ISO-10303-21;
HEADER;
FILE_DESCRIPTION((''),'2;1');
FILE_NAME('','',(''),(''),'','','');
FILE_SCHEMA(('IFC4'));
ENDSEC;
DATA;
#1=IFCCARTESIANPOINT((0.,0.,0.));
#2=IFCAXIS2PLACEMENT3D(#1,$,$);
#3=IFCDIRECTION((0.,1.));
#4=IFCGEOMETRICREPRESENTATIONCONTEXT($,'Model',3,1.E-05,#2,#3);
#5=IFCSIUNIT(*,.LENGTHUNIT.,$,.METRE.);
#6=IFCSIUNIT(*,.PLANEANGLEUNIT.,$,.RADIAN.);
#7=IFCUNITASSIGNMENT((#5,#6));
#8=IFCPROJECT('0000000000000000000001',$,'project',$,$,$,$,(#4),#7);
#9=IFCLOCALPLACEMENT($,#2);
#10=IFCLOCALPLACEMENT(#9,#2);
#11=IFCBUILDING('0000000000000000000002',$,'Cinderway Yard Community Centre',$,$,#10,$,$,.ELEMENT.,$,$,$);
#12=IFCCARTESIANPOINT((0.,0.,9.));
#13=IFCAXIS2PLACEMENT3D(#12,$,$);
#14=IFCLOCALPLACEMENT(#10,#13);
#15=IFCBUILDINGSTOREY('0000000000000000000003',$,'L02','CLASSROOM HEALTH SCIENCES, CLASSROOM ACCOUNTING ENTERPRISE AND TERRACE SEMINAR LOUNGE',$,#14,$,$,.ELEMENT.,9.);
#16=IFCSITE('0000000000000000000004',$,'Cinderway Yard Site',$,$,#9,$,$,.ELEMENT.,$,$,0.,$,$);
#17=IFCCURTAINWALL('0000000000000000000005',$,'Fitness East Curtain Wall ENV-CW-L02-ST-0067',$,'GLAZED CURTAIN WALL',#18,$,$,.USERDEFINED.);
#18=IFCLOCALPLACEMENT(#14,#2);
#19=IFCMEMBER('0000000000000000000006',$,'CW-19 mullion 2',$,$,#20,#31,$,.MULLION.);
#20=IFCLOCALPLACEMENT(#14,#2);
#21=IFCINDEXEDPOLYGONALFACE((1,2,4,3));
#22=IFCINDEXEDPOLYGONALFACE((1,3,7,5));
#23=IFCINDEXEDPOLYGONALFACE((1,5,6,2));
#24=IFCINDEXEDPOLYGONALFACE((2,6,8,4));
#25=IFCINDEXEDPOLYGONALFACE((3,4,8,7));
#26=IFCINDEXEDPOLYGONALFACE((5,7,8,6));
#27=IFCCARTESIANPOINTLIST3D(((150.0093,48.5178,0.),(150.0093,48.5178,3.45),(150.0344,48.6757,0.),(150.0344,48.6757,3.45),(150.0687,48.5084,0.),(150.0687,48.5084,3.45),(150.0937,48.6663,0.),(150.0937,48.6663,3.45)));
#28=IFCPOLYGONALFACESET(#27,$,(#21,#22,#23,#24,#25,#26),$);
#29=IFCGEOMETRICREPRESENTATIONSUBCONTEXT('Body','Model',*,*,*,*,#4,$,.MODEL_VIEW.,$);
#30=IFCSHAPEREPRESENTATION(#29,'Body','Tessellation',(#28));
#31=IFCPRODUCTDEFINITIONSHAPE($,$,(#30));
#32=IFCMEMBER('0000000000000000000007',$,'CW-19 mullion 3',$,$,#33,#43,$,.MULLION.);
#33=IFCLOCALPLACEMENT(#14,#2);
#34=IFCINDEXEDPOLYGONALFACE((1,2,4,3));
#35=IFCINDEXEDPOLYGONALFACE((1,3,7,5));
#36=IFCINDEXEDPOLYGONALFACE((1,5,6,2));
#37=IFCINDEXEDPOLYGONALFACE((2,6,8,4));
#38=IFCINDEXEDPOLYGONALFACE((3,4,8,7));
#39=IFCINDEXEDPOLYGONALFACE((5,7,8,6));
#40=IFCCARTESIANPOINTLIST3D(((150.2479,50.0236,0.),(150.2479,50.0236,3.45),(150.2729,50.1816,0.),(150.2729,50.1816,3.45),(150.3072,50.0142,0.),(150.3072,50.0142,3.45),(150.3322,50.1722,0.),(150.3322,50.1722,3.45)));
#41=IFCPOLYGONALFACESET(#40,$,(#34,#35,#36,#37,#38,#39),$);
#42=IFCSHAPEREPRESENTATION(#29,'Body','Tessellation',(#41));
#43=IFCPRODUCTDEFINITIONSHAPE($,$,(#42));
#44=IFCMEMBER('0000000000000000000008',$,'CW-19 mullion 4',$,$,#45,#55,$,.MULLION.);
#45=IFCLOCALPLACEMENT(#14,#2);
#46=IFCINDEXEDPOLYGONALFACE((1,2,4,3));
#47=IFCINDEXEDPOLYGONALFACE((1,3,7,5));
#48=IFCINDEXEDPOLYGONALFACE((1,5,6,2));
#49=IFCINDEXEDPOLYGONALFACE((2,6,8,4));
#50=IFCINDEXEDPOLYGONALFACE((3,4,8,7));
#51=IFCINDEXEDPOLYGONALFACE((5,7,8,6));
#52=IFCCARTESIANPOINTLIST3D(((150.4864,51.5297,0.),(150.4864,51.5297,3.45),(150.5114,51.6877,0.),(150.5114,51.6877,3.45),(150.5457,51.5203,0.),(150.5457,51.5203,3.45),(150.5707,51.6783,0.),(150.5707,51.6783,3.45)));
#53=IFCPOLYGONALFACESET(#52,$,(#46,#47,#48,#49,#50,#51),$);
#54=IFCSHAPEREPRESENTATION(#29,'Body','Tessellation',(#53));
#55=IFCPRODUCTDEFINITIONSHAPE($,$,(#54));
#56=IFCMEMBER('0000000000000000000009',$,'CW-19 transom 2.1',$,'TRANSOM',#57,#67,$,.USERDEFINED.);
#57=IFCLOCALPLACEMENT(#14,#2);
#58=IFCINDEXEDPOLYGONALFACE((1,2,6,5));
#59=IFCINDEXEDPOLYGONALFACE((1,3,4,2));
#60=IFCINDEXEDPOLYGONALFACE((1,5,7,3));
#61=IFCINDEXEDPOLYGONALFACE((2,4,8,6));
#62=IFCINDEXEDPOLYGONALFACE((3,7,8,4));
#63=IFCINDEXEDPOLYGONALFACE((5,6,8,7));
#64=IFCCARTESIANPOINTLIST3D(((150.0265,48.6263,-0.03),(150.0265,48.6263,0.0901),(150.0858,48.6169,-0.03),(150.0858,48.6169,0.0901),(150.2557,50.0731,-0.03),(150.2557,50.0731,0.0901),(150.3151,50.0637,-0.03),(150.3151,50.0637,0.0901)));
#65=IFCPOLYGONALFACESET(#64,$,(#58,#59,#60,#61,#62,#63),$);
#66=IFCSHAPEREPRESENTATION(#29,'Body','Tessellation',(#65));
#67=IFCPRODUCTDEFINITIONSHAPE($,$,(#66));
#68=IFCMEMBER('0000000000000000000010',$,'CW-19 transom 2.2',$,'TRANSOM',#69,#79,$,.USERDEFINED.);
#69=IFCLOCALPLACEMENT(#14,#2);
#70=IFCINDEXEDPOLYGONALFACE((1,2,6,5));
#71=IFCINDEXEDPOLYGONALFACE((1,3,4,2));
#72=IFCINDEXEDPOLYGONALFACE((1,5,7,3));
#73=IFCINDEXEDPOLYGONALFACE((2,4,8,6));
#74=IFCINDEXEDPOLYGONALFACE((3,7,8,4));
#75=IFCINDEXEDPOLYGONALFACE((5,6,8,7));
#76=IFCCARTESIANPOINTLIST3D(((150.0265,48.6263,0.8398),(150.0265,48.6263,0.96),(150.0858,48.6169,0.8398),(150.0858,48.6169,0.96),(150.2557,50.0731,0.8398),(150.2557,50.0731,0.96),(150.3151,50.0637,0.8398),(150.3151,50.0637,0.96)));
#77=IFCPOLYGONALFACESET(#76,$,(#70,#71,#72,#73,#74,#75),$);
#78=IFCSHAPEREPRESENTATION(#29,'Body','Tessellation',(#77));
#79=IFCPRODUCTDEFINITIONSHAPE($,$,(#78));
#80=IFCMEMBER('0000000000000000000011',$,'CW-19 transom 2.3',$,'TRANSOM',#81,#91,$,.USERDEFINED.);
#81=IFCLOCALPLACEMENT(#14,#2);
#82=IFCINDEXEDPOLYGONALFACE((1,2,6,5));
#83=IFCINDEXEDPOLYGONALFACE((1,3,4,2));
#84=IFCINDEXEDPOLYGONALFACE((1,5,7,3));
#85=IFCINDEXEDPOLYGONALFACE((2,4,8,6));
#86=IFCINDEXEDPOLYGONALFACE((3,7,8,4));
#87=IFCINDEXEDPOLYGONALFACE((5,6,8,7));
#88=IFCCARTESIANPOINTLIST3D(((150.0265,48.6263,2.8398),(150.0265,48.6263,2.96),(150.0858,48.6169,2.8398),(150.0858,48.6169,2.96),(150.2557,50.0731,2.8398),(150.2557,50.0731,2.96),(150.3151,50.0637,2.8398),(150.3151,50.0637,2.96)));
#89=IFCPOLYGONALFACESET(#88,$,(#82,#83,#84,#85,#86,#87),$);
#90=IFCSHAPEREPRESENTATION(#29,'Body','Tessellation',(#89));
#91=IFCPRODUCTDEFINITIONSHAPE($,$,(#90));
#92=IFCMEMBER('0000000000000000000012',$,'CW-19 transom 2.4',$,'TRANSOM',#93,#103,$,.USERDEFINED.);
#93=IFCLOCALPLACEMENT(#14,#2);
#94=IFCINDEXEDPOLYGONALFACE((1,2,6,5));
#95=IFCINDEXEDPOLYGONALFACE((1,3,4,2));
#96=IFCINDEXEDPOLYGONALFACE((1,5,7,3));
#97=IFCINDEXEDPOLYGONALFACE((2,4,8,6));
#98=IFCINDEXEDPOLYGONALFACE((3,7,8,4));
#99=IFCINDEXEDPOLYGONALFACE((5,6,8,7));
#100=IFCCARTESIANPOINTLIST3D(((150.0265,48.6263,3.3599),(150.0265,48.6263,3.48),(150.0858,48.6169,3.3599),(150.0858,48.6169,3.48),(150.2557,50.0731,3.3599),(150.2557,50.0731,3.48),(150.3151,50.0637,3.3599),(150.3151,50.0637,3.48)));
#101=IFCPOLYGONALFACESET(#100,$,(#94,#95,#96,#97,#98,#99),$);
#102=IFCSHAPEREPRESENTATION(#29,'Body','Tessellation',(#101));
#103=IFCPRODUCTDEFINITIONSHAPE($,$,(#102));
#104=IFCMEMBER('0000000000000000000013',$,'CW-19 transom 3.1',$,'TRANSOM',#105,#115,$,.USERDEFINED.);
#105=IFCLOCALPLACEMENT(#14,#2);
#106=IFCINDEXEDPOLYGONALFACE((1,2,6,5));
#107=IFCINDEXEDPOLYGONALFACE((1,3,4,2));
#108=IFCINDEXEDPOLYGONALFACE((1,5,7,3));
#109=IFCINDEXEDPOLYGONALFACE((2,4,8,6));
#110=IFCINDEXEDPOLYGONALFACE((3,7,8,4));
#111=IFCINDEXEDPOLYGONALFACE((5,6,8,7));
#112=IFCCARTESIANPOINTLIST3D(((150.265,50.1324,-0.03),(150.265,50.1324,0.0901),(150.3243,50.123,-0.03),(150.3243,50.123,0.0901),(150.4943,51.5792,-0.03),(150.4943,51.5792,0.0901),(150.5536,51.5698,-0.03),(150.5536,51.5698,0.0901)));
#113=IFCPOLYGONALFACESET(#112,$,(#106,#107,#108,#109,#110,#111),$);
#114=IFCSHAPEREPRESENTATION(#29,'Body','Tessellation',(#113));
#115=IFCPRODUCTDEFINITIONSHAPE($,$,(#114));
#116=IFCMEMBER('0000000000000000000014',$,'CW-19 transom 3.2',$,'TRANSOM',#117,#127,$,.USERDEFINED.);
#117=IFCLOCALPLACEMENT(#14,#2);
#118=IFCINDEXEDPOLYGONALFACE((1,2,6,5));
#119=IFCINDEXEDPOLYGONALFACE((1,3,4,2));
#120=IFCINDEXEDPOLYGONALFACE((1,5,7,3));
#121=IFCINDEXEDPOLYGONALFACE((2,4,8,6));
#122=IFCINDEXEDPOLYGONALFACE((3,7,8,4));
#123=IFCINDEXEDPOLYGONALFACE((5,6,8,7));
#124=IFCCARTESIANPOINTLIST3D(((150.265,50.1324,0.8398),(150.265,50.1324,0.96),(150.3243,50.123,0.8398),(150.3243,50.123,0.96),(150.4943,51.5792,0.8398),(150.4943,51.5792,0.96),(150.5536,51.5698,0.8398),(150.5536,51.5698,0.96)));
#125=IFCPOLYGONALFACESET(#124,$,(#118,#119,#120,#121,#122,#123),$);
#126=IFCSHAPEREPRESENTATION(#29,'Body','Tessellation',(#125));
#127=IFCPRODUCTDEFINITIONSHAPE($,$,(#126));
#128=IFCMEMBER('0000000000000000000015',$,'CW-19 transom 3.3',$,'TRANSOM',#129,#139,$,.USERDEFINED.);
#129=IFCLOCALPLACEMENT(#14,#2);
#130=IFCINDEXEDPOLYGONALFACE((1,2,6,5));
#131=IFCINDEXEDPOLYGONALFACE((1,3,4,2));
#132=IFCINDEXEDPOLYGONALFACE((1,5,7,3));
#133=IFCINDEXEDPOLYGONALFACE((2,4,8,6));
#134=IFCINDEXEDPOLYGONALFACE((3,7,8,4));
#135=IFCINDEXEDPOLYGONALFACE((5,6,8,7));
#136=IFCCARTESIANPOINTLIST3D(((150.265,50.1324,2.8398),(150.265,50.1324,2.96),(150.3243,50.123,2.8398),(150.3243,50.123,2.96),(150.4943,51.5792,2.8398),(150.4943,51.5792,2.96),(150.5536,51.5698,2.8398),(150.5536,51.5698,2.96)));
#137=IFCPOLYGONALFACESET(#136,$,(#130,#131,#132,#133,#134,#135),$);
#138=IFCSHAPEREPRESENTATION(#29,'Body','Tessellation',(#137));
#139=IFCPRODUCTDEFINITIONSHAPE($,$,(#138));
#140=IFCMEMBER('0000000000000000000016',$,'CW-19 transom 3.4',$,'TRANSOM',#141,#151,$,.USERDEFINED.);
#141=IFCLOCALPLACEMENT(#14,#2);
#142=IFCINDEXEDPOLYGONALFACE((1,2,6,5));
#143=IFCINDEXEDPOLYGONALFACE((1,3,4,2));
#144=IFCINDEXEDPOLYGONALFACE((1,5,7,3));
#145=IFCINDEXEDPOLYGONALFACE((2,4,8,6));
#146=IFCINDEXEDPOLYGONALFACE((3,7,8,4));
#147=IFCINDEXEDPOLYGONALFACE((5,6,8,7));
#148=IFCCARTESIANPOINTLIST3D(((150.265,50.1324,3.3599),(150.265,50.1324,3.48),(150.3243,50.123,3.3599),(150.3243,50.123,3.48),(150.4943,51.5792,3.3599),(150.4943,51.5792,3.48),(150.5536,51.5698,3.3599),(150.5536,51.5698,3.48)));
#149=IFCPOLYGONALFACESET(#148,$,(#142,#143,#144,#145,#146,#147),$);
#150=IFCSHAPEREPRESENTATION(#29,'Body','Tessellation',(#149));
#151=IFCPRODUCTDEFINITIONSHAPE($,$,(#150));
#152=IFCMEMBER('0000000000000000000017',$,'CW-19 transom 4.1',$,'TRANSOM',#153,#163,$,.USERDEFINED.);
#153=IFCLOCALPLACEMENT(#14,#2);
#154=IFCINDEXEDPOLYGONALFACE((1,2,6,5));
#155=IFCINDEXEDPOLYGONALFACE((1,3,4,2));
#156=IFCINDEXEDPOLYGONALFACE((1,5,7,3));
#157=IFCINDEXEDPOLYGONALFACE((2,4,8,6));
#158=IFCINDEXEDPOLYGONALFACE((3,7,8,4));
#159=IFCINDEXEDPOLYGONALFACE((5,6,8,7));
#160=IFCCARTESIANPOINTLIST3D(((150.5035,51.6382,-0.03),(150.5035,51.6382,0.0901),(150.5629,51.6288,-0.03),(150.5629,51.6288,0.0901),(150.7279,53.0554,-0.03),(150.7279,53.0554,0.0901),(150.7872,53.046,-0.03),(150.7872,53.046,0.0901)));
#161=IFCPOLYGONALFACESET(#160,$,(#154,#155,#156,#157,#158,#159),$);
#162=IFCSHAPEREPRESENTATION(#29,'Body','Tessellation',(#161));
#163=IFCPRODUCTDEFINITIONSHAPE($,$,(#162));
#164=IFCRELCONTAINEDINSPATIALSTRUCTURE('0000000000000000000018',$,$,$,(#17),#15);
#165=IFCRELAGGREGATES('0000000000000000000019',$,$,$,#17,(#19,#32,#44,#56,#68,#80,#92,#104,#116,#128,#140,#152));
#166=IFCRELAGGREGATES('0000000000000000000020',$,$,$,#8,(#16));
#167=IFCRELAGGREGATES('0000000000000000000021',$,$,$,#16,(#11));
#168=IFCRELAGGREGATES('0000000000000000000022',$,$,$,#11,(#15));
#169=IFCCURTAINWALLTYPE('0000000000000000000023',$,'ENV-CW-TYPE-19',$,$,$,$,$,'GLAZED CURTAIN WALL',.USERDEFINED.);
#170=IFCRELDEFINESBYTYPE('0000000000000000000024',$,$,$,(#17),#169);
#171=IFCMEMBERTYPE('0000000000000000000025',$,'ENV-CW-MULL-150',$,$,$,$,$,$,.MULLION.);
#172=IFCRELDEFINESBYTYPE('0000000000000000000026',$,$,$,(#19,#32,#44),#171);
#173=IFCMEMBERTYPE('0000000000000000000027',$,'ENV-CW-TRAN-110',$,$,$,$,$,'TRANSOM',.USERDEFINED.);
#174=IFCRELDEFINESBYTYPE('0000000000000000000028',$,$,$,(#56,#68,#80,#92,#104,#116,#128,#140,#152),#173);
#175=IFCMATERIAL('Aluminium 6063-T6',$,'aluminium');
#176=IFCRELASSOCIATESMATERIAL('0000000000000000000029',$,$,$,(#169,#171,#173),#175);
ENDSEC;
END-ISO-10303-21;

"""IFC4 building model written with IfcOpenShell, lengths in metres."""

from ifc_helpers import new_model, si_unit, direction, frame, origin, origin_2d, place, context, subcontext, project, spatial, rectangle, extrude, material, material_profile, profile_set, type_object, element, aggregate, save


model = new_model("IFC4")

# Units and contexts
model_context = context("Model", 3, precision=1e-05, world=origin(), true_north=direction((0.0, 1.0)))
body_context = subcontext(model_context, "Body", "Model", "MODEL_VIEW")
ifc_project = project(units=[si_unit("LENGTHUNIT", "METRE"), si_unit("PLANEANGLEUNIT", "RADIAN")], contexts=[model_context])

# Site, building, storey
site_placement = place(None, origin())
site = spatial("IfcSite", under=ifc_project, at=site_placement, Name="Cinderway Yard Site", CompositionType="ELEMENT", RefElevation=0.0)
building_placement = place(site_placement, origin())
building = spatial("IfcBuilding", under=site, at=building_placement, Name="Cinderway Yard Community Centre", CompositionType="ELEMENT")
storey_placement = place(building_placement, frame((0.0, 0.0, 9.0)))
storey = spatial("IfcBuildingStorey", under=building, at=storey_placement, Name="L02", Description="CLASSROOM HEALTH SCIENCES, CLASSROOM ACCOUNTING ENTERPRISE AND TERRACE SEMINAR LOUNGE", CompositionType="ELEMENT", Elevation=9.0)

# Curtain wall, members
ifc_material_1 = material(Name="Aluminium 6063-T6", Category="aluminium")
curtain_wall_type = type_object("IfcCurtainWallType", Name="ENV-CW-TYPE-19", ElementType="GLAZED CURTAIN WALL", PredefinedType="USERDEFINED", material=ifc_material_1)
curtain_wall_placement = place(storey_placement, origin())
curtain_wall = element("IfcCurtainWall", 1, at=curtain_wall_placement, inside=storey, type_object=curtain_wall_type, Name="Fitness East Curtain Wall ENV-CW-L02-ST-0067", ObjectType="GLAZED CURTAIN WALL", PredefinedType="USERDEFINED")
ifc_material_profile_1 = material_profile(ifc_material_1, rectangle(XDim=0.0601, YDim=0.1599, at=origin_2d()), Name="Aluminium 6063-T6")
ifc_profile_set_1 = profile_set([ifc_material_profile_1], Name="Aluminium 6063-T6")
member_type_1 = type_object("IfcMemberType", Name="ENV-CW-MULL-150", PredefinedType="MULLION", material=ifc_profile_set_1)
member_1_placement = place(storey_placement, frame((150.0515, 48.592, 0.0), z_axis=(0.0, 0.0, 1.0), x_axis=(-0.987691, 0.156417, 0.0)))
member_1 = element("IfcMember", 2, at=member_1_placement, type_object=member_type_1, Name="CW-19 mullion 2", PredefinedType="MULLION", context=body_context, shape_type="SweptSolid", body=[
    extrude(rectangle(XDim=0.0601, YDim=0.1599, at=origin_2d()), origin(), (0.0, 0.0, 1.0), 3.45),
])
member_2_placement = place(storey_placement, frame((150.29, 50.0979, 0.0), z_axis=(0.0, 0.0, 1.0), x_axis=(-0.987691, 0.156417, 0.0)))
member_2 = element("IfcMember", 3, at=member_2_placement, type_object=member_type_1, Name="CW-19 mullion 3", PredefinedType="MULLION", context=body_context, shape_type="SweptSolid", body=[
    extrude(rectangle(XDim=0.0601, YDim=0.1599, at=origin_2d()), origin(), (0.0, 0.0, 1.0), 3.45),
])
member_3_placement = place(storey_placement, frame((150.5286, 51.604, 0.0), z_axis=(0.0, 0.0, 1.0), x_axis=(-0.987691, 0.156417, 0.0)))
member_3 = element("IfcMember", 4, at=member_3_placement, type_object=member_type_1, Name="CW-19 mullion 4", PredefinedType="MULLION", context=body_context, shape_type="SweptSolid", body=[
    extrude(rectangle(XDim=0.0601, YDim=0.1599, at=origin_2d()), origin(), (0.0, 0.0, 1.0), 3.45),
])
ifc_material_profile_2 = material_profile(ifc_material_1, rectangle(XDim=0.0601, YDim=0.1201, at=origin_2d()), Name="Aluminium 6063-T6")
ifc_profile_set_2 = profile_set([ifc_material_profile_2], Name="Aluminium 6063-T6")
member_type_2 = type_object("IfcMemberType", Name="ENV-CW-TRAN-110", ElementType="TRANSOM", PredefinedType="USERDEFINED", material=ifc_profile_set_2)
member_4_placement = place(storey_placement, frame((150.0562, 48.6216, 0.03), z_axis=(0.156502, 0.987678, 0.0), x_axis=(-0.987678, 0.156502, 0.0)))
member_4 = element("IfcMember", 5, at=member_4_placement, type_object=member_type_2, Name="CW-19 transom 2.1", ObjectType="TRANSOM", PredefinedType="USERDEFINED", context=body_context, shape_type="SweptSolid", body=[
    extrude(rectangle(XDim=0.0601, YDim=0.1201, at=origin_2d()), origin(), (0.0, 0.0, 1.0), 1.4648),
])
member_5_placement = place(storey_placement, frame((150.0562, 48.6216, 0.8999), z_axis=(0.156502, 0.987678, 0.0), x_axis=(-0.987678, 0.156502, 0.0)))
member_5 = element("IfcMember", 6, at=member_5_placement, type_object=member_type_2, Name="CW-19 transom 2.2", ObjectType="TRANSOM", PredefinedType="USERDEFINED", context=body_context, shape_type="SweptSolid", body=[
    extrude(rectangle(XDim=0.0601, YDim=0.1201, at=origin_2d()), origin(), (0.0, 0.0, 1.0), 1.4648),
])
member_6_placement = place(storey_placement, frame((150.0562, 48.6216, 2.8999), z_axis=(0.156502, 0.987678, 0.0), x_axis=(-0.987678, 0.156502, 0.0)))
member_6 = element("IfcMember", 7, at=member_6_placement, type_object=member_type_2, Name="CW-19 transom 2.3", ObjectType="TRANSOM", PredefinedType="USERDEFINED", context=body_context, shape_type="SweptSolid", body=[
    extrude(rectangle(XDim=0.0601, YDim=0.1201, at=origin_2d()), origin(), (0.0, 0.0, 1.0), 1.4648),
])
member_7_placement = place(storey_placement, frame((150.0562, 48.6216, 3.4199), z_axis=(0.156502, 0.987678, 0.0), x_axis=(-0.987678, 0.156502, 0.0)))
member_7 = element("IfcMember", 8, at=member_7_placement, type_object=member_type_2, Name="CW-19 transom 2.4", ObjectType="TRANSOM", PredefinedType="USERDEFINED", context=body_context, shape_type="SweptSolid", body=[
    extrude(rectangle(XDim=0.0601, YDim=0.1201, at=origin_2d()), origin(), (0.0, 0.0, 1.0), 1.4648),
])
member_8_placement = place(storey_placement, frame((150.2947, 50.1277, 0.03), z_axis=(0.156502, 0.987678, 0.0), x_axis=(-0.987678, 0.156502, 0.0)))
member_8 = element("IfcMember", 9, at=member_8_placement, type_object=member_type_2, Name="CW-19 transom 3.1", ObjectType="TRANSOM", PredefinedType="USERDEFINED", context=body_context, shape_type="SweptSolid", body=[
    extrude(rectangle(XDim=0.0601, YDim=0.1201, at=origin_2d()), origin(), (0.0, 0.0, 1.0), 1.4648),
])
member_9_placement = place(storey_placement, frame((150.2947, 50.1277, 0.8999), z_axis=(0.156502, 0.987678, 0.0), x_axis=(-0.987678, 0.156502, 0.0)))
member_9 = element("IfcMember", 10, at=member_9_placement, type_object=member_type_2, Name="CW-19 transom 3.2", ObjectType="TRANSOM", PredefinedType="USERDEFINED", context=body_context, shape_type="SweptSolid", body=[
    extrude(rectangle(XDim=0.0601, YDim=0.1201, at=origin_2d()), origin(), (0.0, 0.0, 1.0), 1.4648),
])
member_10_placement = place(storey_placement, frame((150.2947, 50.1277, 2.8999), z_axis=(0.156502, 0.987678, 0.0), x_axis=(-0.987678, 0.156502, 0.0)))
member_10 = element("IfcMember", 11, at=member_10_placement, type_object=member_type_2, Name="CW-19 transom 3.3", ObjectType="TRANSOM", PredefinedType="USERDEFINED", context=body_context, shape_type="SweptSolid", body=[
    extrude(rectangle(XDim=0.0601, YDim=0.1201, at=origin_2d()), origin(), (0.0, 0.0, 1.0), 1.4648),
])
member_11_placement = place(storey_placement, frame((150.2947, 50.1277, 3.4199), z_axis=(0.156502, 0.987678, 0.0), x_axis=(-0.987678, 0.156502, 0.0)))
member_11 = element("IfcMember", 12, at=member_11_placement, type_object=member_type_2, Name="CW-19 transom 3.4", ObjectType="TRANSOM", PredefinedType="USERDEFINED", context=body_context, shape_type="SweptSolid", body=[
    extrude(rectangle(XDim=0.0601, YDim=0.1201, at=origin_2d()), origin(), (0.0, 0.0, 1.0), 1.4648),
])
member_12_placement = place(storey_placement, frame((150.5332, 51.6335, 0.03), z_axis=(0.156364, 0.987699, 0.0), x_axis=(-0.987699, 0.156364, 0.0)))
member_12 = element("IfcMember", 13, at=member_12_placement, type_object=member_type_2, Name="CW-19 transom 4.1", ObjectType="TRANSOM", PredefinedType="USERDEFINED", context=body_context, shape_type="SweptSolid", body=[
    extrude(rectangle(XDim=0.0601, YDim=0.1201, at=origin_2d()), origin(), (0.0, 0.0, 1.0), 1.4348),
])

aggregate(curtain_wall, [member_1, member_2, member_3, member_4, member_5, member_6, member_7, member_8, member_9, member_10, member_11, member_12])

save(model, "model.ifc")
